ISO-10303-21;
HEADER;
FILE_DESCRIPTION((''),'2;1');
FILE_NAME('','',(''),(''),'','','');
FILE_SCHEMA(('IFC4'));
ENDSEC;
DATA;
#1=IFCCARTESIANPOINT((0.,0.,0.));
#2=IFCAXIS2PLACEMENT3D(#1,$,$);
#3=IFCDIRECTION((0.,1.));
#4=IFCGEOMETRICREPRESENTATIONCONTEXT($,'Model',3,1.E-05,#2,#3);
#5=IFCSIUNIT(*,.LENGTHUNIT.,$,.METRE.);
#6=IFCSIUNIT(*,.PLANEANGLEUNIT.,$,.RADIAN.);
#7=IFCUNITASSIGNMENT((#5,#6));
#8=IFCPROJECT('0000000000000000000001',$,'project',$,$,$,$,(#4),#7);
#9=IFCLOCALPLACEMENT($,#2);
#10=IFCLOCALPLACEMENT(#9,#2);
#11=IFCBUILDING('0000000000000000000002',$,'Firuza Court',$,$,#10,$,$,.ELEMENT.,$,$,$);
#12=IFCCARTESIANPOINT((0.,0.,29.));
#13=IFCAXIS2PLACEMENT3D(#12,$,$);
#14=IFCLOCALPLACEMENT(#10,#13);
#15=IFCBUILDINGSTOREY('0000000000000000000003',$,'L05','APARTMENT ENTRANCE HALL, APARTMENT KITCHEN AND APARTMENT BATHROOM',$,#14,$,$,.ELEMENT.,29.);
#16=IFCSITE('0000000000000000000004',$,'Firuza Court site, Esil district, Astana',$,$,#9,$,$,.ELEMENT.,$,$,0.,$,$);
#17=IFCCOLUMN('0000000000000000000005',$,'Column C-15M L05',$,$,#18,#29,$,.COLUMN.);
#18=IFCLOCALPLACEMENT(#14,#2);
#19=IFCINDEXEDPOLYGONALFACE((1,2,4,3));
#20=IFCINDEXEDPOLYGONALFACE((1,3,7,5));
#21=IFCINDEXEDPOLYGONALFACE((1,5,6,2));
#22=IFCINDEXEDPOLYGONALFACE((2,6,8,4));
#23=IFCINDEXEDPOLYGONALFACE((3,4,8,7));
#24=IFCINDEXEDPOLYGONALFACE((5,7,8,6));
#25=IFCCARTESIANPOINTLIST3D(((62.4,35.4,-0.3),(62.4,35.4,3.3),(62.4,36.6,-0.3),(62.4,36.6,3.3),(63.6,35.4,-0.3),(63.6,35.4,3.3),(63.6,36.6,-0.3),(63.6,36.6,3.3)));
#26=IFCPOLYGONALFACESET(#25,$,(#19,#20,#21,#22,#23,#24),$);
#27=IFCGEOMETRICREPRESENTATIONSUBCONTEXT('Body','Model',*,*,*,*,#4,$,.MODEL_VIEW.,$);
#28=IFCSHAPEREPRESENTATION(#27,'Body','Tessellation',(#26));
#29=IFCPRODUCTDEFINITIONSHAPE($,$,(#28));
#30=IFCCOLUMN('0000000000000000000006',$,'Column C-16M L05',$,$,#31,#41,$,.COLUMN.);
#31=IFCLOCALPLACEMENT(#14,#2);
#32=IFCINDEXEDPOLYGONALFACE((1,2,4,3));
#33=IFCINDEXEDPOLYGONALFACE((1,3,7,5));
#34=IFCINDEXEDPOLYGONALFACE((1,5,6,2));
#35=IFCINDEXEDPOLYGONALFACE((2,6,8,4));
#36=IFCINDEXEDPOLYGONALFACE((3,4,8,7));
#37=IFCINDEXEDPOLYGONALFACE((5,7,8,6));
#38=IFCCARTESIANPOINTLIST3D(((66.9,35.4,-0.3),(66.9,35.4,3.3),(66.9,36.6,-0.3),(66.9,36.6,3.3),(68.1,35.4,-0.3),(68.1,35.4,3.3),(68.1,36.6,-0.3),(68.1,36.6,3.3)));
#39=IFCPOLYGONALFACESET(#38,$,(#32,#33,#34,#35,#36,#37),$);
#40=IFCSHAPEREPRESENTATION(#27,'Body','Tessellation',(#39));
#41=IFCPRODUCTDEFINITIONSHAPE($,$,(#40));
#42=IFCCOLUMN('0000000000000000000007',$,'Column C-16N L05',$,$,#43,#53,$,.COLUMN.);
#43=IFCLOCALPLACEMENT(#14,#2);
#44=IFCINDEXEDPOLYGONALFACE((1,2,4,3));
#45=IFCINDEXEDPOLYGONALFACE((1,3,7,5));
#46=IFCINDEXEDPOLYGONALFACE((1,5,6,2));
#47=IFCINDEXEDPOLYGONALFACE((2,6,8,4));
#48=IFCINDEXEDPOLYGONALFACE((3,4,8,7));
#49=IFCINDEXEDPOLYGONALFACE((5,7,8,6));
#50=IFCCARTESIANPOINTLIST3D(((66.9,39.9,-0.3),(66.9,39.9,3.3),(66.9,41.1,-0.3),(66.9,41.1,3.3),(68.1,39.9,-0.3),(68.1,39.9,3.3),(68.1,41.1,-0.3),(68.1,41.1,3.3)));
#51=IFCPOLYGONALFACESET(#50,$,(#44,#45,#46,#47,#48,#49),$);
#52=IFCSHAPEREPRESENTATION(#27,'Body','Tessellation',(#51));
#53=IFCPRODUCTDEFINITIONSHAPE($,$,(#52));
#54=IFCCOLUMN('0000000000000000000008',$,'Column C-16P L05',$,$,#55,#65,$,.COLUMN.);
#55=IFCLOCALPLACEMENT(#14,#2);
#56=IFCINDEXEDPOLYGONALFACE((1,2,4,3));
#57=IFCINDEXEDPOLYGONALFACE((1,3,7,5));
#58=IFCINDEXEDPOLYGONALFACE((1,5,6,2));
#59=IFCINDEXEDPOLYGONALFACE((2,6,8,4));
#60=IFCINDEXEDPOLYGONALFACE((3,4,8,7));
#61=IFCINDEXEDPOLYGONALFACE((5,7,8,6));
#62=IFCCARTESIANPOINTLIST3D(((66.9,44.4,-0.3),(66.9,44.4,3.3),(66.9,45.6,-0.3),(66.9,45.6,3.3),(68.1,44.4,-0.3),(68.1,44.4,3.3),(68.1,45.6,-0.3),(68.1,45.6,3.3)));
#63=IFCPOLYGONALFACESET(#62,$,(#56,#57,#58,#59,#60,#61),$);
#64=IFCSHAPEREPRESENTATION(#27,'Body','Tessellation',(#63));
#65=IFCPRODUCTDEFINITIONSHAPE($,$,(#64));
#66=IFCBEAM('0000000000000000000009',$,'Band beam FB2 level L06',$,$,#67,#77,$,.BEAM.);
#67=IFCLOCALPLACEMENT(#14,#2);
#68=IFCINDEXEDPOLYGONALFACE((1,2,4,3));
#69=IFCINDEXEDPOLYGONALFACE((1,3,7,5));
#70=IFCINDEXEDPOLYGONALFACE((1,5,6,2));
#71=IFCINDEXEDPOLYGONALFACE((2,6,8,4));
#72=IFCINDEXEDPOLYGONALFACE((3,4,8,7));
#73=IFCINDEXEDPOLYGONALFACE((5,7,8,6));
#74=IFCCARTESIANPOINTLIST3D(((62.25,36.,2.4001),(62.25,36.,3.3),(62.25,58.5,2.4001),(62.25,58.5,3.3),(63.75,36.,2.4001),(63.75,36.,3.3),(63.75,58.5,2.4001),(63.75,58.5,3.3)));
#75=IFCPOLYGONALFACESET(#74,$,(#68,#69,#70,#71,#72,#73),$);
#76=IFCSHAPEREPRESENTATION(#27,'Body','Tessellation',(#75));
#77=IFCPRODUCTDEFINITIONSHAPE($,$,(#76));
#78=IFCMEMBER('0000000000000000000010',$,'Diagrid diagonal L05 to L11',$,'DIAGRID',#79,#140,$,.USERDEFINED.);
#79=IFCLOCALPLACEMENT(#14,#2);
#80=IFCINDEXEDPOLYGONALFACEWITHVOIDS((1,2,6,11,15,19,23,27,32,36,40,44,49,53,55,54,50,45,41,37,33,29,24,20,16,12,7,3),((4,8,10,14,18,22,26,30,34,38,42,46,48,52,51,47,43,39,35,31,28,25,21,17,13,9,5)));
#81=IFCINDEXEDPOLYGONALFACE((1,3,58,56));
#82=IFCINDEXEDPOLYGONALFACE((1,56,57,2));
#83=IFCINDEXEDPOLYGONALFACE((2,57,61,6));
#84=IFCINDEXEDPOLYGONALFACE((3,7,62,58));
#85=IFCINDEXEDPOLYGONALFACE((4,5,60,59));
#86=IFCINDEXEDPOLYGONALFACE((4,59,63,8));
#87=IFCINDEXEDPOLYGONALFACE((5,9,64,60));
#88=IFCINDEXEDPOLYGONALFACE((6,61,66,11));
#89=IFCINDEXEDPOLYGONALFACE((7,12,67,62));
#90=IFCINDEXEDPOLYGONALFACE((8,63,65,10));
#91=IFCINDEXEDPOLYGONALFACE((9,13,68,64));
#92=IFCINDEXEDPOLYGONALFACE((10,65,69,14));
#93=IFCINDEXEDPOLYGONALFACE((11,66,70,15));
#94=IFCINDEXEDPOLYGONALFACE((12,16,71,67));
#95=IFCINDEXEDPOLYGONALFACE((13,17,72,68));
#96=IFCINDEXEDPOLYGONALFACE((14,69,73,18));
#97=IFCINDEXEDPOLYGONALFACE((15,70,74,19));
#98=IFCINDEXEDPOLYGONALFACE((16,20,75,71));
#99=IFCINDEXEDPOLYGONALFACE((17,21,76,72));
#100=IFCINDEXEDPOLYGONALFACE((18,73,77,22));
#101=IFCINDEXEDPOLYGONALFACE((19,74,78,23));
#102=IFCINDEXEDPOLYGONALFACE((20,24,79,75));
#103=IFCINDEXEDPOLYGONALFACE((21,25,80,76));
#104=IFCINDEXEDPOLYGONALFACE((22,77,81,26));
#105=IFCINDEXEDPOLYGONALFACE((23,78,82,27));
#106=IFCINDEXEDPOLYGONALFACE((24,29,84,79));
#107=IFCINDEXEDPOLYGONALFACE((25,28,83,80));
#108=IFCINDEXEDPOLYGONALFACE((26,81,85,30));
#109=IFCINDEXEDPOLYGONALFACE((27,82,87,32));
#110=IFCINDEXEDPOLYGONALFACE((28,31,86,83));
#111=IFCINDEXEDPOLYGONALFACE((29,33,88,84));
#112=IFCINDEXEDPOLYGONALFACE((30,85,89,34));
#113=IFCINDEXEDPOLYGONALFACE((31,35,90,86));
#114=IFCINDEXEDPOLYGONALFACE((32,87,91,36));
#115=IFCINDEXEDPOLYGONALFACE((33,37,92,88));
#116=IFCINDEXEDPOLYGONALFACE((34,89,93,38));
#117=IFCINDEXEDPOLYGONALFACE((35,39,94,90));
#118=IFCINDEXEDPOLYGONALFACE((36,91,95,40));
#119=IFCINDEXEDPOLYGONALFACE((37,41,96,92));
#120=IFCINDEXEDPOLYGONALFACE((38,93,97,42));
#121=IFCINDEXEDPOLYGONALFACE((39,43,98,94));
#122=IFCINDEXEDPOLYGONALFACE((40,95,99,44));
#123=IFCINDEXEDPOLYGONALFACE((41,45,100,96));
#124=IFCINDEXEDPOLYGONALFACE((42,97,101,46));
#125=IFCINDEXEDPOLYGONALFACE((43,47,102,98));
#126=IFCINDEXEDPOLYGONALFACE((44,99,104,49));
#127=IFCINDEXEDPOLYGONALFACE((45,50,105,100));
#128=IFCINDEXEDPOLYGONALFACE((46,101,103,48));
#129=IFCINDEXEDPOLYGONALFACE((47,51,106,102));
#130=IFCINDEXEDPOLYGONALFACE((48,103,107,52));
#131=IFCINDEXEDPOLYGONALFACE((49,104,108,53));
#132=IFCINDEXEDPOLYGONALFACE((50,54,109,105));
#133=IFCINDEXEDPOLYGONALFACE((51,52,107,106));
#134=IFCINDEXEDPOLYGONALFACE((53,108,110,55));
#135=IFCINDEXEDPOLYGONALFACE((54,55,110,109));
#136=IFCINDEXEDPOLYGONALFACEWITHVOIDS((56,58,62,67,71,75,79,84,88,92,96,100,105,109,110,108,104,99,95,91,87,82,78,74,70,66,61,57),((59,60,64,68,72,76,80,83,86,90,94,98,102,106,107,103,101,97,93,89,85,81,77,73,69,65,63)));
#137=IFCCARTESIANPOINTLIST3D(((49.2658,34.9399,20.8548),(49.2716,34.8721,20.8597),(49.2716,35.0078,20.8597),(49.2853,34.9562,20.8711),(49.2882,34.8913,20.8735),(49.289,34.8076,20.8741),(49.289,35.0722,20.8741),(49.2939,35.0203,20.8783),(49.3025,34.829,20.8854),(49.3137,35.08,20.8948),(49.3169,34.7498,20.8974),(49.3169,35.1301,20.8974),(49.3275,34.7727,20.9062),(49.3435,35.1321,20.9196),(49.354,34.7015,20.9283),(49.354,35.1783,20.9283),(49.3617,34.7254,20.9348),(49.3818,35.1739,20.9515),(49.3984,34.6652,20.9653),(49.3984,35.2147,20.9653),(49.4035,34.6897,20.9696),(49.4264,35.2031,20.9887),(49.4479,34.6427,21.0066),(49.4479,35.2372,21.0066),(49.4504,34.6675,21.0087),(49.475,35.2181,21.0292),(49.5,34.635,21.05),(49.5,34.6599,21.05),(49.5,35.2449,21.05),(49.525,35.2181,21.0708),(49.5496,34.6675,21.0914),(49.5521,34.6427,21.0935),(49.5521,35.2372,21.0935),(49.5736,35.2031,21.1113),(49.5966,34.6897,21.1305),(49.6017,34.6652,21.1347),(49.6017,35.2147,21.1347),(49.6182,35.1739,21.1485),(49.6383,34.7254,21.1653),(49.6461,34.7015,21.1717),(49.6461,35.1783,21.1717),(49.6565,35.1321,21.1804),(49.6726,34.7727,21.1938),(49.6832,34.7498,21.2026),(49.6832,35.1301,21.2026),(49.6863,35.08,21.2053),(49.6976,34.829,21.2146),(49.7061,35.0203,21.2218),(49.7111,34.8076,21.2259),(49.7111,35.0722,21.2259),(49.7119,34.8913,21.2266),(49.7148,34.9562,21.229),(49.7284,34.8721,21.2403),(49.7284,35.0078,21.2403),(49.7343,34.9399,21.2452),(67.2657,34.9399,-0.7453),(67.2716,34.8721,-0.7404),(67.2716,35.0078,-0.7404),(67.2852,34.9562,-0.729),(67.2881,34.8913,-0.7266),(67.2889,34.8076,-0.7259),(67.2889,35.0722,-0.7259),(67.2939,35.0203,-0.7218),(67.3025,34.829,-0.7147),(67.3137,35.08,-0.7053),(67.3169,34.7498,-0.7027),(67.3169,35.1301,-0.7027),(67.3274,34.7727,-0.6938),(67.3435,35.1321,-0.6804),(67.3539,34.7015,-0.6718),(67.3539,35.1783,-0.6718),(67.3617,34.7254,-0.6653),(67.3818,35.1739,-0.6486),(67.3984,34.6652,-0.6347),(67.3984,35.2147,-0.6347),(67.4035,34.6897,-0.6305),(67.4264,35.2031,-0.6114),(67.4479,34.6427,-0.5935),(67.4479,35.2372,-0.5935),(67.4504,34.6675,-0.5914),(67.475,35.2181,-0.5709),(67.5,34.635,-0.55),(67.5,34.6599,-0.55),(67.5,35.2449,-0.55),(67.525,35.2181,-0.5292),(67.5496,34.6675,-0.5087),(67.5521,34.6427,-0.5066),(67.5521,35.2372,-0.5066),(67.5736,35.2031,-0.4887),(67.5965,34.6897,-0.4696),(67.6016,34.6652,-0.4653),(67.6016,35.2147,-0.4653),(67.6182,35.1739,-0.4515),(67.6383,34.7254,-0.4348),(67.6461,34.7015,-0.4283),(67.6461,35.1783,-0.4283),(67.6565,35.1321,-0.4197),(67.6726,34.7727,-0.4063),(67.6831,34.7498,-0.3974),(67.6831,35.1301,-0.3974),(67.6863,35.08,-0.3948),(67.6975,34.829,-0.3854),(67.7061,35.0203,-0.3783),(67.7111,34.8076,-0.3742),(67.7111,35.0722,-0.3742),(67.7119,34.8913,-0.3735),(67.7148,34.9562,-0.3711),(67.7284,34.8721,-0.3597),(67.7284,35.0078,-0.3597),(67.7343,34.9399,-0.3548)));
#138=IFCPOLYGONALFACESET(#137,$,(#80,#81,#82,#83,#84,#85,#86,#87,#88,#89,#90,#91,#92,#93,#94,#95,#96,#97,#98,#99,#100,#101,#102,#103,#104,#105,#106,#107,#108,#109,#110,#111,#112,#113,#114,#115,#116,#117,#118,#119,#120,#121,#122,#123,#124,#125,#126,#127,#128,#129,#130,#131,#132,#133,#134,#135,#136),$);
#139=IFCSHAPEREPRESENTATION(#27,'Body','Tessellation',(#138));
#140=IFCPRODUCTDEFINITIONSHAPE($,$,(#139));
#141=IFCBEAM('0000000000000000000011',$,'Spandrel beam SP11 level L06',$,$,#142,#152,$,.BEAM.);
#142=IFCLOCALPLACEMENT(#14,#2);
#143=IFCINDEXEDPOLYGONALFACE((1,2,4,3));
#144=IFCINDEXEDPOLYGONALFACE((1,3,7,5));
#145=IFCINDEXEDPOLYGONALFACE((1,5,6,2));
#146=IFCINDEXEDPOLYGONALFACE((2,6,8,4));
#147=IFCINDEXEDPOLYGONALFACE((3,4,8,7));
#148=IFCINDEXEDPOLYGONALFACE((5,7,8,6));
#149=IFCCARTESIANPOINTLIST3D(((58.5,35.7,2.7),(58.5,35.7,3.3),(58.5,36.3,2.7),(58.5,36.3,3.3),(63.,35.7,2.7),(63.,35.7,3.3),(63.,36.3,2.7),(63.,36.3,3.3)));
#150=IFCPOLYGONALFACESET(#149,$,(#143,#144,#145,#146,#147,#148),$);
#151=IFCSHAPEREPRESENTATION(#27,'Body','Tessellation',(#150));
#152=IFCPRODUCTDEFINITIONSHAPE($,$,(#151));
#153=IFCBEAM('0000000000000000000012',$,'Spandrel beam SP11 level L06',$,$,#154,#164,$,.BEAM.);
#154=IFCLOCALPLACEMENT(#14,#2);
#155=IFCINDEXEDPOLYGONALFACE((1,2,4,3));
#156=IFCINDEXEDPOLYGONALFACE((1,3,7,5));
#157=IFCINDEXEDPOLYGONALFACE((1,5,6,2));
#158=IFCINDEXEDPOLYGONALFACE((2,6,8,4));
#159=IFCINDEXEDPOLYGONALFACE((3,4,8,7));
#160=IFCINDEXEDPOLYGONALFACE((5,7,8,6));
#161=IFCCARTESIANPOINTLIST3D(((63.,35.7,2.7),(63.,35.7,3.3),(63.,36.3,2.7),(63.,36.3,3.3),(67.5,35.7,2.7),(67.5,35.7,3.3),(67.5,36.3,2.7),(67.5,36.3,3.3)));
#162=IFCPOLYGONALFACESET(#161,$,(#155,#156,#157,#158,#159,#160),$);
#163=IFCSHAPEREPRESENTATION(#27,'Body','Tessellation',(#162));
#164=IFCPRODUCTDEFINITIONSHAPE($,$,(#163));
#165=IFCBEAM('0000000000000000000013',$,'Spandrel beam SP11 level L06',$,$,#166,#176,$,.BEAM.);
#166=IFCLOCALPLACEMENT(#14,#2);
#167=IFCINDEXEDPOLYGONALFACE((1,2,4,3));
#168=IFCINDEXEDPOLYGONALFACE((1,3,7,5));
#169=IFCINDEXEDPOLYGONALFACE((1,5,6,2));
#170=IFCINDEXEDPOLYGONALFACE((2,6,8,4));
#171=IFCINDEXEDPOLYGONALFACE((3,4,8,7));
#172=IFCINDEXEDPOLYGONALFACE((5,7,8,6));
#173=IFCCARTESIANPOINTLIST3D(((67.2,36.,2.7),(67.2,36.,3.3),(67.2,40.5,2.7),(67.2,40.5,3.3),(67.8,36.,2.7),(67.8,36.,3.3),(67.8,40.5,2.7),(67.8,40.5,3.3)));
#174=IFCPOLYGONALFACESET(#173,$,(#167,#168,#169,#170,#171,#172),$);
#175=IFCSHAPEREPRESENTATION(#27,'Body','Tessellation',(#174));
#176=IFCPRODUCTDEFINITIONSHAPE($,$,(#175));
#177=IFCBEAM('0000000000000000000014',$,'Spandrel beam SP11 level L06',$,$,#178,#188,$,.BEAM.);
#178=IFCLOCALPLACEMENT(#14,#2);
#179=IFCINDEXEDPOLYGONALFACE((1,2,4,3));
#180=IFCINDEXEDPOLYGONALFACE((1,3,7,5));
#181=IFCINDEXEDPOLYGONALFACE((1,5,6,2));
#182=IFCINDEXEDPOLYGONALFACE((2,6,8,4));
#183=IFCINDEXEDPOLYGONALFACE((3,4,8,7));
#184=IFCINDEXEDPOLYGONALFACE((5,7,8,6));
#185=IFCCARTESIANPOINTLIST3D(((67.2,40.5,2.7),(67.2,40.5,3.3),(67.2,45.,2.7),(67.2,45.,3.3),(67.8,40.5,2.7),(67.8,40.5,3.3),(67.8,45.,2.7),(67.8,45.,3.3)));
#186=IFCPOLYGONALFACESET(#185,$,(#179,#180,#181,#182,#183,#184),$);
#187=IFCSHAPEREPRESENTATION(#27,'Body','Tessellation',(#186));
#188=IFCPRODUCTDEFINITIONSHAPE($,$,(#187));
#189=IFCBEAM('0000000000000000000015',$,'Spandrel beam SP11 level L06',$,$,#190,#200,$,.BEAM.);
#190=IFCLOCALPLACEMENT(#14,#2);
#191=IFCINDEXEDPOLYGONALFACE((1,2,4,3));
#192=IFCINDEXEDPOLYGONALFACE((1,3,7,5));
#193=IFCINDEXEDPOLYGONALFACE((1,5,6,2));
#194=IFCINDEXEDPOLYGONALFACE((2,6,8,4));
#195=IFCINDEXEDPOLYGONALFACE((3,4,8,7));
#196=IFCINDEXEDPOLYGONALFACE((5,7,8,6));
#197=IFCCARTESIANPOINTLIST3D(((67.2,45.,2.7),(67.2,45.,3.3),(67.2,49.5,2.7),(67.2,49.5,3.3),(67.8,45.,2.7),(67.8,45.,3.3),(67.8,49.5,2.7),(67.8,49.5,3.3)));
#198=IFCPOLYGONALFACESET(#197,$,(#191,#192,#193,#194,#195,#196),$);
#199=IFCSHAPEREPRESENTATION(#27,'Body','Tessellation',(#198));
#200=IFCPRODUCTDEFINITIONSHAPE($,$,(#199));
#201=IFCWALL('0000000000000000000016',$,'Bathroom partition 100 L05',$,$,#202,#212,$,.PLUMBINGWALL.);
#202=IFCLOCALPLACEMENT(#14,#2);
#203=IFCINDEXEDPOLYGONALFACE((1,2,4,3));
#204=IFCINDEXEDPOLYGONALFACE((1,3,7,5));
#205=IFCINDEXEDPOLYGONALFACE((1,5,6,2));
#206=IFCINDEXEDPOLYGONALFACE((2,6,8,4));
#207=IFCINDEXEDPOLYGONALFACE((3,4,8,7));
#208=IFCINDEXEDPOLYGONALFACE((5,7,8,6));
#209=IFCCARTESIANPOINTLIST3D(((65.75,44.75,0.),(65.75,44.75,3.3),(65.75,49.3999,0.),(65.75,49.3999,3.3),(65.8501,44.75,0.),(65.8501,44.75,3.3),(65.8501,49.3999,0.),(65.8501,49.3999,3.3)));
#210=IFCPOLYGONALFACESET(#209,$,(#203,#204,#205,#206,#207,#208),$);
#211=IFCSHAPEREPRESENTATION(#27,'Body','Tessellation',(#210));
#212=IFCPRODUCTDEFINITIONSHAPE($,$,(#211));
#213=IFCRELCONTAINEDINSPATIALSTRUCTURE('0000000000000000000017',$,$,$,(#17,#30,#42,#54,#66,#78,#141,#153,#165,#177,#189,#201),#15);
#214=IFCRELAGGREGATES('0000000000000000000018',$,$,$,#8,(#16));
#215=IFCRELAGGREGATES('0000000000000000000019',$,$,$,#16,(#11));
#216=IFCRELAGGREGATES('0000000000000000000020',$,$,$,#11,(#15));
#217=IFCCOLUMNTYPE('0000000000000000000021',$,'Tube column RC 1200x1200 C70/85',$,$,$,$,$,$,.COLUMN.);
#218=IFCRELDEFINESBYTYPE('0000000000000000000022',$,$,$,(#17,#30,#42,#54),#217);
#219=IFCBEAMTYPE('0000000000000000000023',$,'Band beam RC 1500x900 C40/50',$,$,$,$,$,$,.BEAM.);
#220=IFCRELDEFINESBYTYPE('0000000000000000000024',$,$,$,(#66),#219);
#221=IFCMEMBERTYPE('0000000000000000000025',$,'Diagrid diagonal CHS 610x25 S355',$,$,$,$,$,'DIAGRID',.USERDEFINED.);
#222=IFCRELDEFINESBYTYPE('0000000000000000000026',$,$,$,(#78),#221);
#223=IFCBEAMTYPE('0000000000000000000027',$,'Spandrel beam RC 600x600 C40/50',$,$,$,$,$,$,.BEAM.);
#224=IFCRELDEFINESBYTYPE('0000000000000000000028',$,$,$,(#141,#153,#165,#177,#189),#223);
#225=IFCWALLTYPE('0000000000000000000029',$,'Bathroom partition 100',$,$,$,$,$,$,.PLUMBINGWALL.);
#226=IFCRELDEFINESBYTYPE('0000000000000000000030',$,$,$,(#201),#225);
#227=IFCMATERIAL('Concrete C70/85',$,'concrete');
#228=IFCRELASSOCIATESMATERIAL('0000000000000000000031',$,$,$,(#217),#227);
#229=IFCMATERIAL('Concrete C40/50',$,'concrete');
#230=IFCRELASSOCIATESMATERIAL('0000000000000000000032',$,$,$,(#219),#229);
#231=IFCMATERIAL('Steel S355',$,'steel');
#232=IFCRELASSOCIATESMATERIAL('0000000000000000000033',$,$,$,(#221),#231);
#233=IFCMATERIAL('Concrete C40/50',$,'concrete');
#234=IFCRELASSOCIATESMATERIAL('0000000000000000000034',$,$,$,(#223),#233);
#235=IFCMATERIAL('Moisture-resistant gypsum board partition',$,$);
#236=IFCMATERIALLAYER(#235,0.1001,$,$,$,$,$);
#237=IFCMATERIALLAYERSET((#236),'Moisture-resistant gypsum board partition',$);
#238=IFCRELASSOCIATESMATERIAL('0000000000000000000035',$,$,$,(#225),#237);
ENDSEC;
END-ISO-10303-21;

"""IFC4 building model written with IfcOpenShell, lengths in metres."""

from ifc_helpers import new_model, si_unit, direction, frame, frame_2d, origin, origin_2d, place, context, subcontext, project, spatial, rectangle, hollow_circle, extrude, material, layer, layer_set, material_profile, profile_set, type_object, element, save


model = new_model("IFC4")

# Units and contexts
model_context = context("Model", 3, precision=1e-05, world=origin(), true_north=direction((0.0, 1.0)))
body_context = subcontext(model_context, "Body", "Model", "MODEL_VIEW")
ifc_project = project(units=[si_unit("LENGTHUNIT", "METRE"), si_unit("PLANEANGLEUNIT", "RADIAN")], contexts=[model_context])

# Site, building, storey
site_placement = place(None, origin())
site = spatial("IfcSite", under=ifc_project, at=site_placement, Name="Firuza Court site, Esil district, Astana", CompositionType="ELEMENT", RefElevation=0.0)
building_placement = place(site_placement, origin())
building = spatial("IfcBuilding", under=site, at=building_placement, Name="Firuza Court", CompositionType="ELEMENT")
storey_placement = place(building_placement, frame((0.0, 0.0, 29.0)))
storey = spatial("IfcBuildingStorey", under=building, at=storey_placement, Name="L05", Description="APARTMENT ENTRANCE HALL, APARTMENT KITCHEN AND APARTMENT BATHROOM", CompositionType="ELEMENT", Elevation=29.0)

# Columns
ifc_material_1 = material(Name="Concrete C70/85", Category="concrete")
ifc_material_profile_1 = material_profile(ifc_material_1, rectangle(XDim=1.2, YDim=1.2, at=origin_2d()), Name="RC 1200x1200")
ifc_profile_set_1 = profile_set([ifc_material_profile_1], Name="Concrete C70/85")
column_type = type_object("IfcColumnType", Name="Tube column RC 1200x1200 C70/85", PredefinedType="COLUMN", material=ifc_profile_set_1)
for number, where, z_axis, x_axis, name in (
    (1, (63.0, 36.0, -0.3), (0.0, 0.0, 1.0), (1.0, 0.0, 0.0), "Column C-15M L05"),
    (2, (67.5, 36.0, -0.3), (0.0, 0.0, 1.0), (1.0, 0.0, 0.0), "Column C-16M L05"),
    (3, (67.5, 40.5, -0.3), (0.0, 0.0, 1.0), (1.0, 0.0, 0.0), "Column C-16N L05"),
    (4, (67.5, 45.0, -0.3), (0.0, 0.0, 1.0), (1.0, 0.0, 0.0), "Column C-16P L05"),
):
    element("IfcColumn", number, at=place(storey_placement, frame(where, z_axis=z_axis, x_axis=x_axis)), inside=storey, type_object=column_type, Name=name, PredefinedType="COLUMN", context=body_context, shape_type="SweptSolid", body=[
        extrude(rectangle(XDim=1.2, YDim=1.2, at=origin_2d()), origin(), (0.0, 0.0, 1.0), 3.6001),
    ])

# Beam
ifc_material_2 = material(Name="Concrete C40/50", Category="concrete")
ifc_material_profile_2 = material_profile(ifc_material_2, rectangle(XDim=1.5, YDim=0.8999, at=origin_2d()), Name="RC 1500x900")
ifc_profile_set_2 = profile_set([ifc_material_profile_2], Name="Concrete C40/50")
beam_type_1 = type_object("IfcBeamType", Name="Band beam RC 1500x900 C40/50", PredefinedType="BEAM", material=ifc_profile_set_2)
beam_placement = place(storey_placement, frame((63.0, 36.0, 2.8501), z_axis=(0.0, 1.0, 0.0), x_axis=(-1.0, 0.0, 0.0)))
element("IfcBeam", 5, at=beam_placement, inside=storey, type_object=beam_type_1, Name="Band beam FB2 level L06", PredefinedType="BEAM", context=body_context, shape_type="SweptSolid", body=[
    extrude(rectangle(XDim=1.5, YDim=0.8999, at=origin_2d()), origin(), (0.0, 0.0, 1.0), 22.5),
])

# Member
ifc_material_3 = material(Name="Steel S355", Category="steel")
ifc_material_profile_3 = material_profile(ifc_material_3, hollow_circle(Radius=0.3049, WallThickness=0.0249, at=origin_2d()), Name="CHS 610x25")
ifc_profile_set_3 = profile_set([ifc_material_profile_3], Name="Steel S355")
member_type = type_object("IfcMemberType", Name="Diagrid diagonal CHS 610x25 S355", ElementType="DIAGRID", PredefinedType="USERDEFINED", material=ifc_profile_set_3)
member_placement = place(storey_placement, frame((67.5, 34.9399, -0.55), z_axis=(-0.640183, 0.0, 0.768223), x_axis=(0.0, -1.0, 0.0)))
element("IfcMember", 6, at=member_placement, inside=storey, type_object=member_type, Name="Diagrid diagonal L05 to L11", ObjectType="DIAGRID", PredefinedType="USERDEFINED", context=body_context, shape_type="SweptSolid", body=[
    extrude(hollow_circle(Radius=0.3049, WallThickness=0.0249, at=origin_2d()), origin(), (0.0, 0.0, 1.0), 28.1169),
])

# Beams
ifc_material_4 = material(Name="Concrete C40/50", Category="concrete")
ifc_material_profile_4 = material_profile(ifc_material_4, rectangle(XDim=0.6001, YDim=0.6001, at=origin_2d()), Name="RC 600x600")
ifc_profile_set_4 = profile_set([ifc_material_profile_4], Name="Concrete C40/50")
beam_type_2 = type_object("IfcBeamType", Name="Spandrel beam RC 600x600 C40/50", PredefinedType="BEAM", material=ifc_profile_set_4)
for number, where, z_axis, x_axis, name in (
    (7, (58.5, 36.0, 3.0), (1.0, 0.0, 0.0), (0.0, 1.0, 0.0), "Spandrel beam SP11 level L06"),
    (8, (63.0, 36.0, 3.0), (1.0, 0.0, 0.0), (0.0, 1.0, 0.0), "Spandrel beam SP11 level L06"),
    (9, (67.5, 36.0, 3.0), (0.0, 1.0, 0.0), (-1.0, 0.0, 0.0), "Spandrel beam SP11 level L06"),
    (10, (67.5, 40.5, 3.0), (0.0, 1.0, 0.0), (-1.0, 0.0, 0.0), "Spandrel beam SP11 level L06"),
    (11, (67.5, 45.0, 3.0), (0.0, 1.0, 0.0), (-1.0, 0.0, 0.0), "Spandrel beam SP11 level L06"),
):
    element("IfcBeam", number, at=place(storey_placement, frame(where, z_axis=z_axis, x_axis=x_axis)), inside=storey, type_object=beam_type_2, Name=name, PredefinedType="BEAM", context=body_context, shape_type="SweptSolid", body=[
        extrude(rectangle(XDim=0.6001, YDim=0.6001, at=origin_2d()), origin(), (0.0, 0.0, 1.0), 4.5),
    ])

# Wall
ifc_material_5 = material(Name="Moisture-resistant gypsum board partition")
ifc_layer_1 = layer(ifc_material_5, 0.1001)
ifc_layer_set_1 = layer_set([ifc_layer_1], Name="Moisture-resistant gypsum board partition")
wall_type_1 = type_object("IfcWallType", Name="Bathroom partition 100", PredefinedType="PLUMBINGWALL", material=ifc_layer_set_1)
wall_1_placement = place(storey_placement, frame((65.8, 44.75, 0.0), z_axis=(0.0, 0.0, 1.0), x_axis=(0.0, 1.0, 0.0)))
element("IfcWall", 12, at=wall_1_placement, inside=storey, type_object=wall_type_1, Name="Bathroom partition 100 L05", PredefinedType="PLUMBINGWALL", context=body_context, shape_type="SweptSolid", body=[
    extrude(rectangle(XDim=4.6499, YDim=0.1001, at=frame_2d((2.325, 0.0))), origin(), (0.0, 0.0, 1.0), 3.3),
])

save(model, "model.ifc")
